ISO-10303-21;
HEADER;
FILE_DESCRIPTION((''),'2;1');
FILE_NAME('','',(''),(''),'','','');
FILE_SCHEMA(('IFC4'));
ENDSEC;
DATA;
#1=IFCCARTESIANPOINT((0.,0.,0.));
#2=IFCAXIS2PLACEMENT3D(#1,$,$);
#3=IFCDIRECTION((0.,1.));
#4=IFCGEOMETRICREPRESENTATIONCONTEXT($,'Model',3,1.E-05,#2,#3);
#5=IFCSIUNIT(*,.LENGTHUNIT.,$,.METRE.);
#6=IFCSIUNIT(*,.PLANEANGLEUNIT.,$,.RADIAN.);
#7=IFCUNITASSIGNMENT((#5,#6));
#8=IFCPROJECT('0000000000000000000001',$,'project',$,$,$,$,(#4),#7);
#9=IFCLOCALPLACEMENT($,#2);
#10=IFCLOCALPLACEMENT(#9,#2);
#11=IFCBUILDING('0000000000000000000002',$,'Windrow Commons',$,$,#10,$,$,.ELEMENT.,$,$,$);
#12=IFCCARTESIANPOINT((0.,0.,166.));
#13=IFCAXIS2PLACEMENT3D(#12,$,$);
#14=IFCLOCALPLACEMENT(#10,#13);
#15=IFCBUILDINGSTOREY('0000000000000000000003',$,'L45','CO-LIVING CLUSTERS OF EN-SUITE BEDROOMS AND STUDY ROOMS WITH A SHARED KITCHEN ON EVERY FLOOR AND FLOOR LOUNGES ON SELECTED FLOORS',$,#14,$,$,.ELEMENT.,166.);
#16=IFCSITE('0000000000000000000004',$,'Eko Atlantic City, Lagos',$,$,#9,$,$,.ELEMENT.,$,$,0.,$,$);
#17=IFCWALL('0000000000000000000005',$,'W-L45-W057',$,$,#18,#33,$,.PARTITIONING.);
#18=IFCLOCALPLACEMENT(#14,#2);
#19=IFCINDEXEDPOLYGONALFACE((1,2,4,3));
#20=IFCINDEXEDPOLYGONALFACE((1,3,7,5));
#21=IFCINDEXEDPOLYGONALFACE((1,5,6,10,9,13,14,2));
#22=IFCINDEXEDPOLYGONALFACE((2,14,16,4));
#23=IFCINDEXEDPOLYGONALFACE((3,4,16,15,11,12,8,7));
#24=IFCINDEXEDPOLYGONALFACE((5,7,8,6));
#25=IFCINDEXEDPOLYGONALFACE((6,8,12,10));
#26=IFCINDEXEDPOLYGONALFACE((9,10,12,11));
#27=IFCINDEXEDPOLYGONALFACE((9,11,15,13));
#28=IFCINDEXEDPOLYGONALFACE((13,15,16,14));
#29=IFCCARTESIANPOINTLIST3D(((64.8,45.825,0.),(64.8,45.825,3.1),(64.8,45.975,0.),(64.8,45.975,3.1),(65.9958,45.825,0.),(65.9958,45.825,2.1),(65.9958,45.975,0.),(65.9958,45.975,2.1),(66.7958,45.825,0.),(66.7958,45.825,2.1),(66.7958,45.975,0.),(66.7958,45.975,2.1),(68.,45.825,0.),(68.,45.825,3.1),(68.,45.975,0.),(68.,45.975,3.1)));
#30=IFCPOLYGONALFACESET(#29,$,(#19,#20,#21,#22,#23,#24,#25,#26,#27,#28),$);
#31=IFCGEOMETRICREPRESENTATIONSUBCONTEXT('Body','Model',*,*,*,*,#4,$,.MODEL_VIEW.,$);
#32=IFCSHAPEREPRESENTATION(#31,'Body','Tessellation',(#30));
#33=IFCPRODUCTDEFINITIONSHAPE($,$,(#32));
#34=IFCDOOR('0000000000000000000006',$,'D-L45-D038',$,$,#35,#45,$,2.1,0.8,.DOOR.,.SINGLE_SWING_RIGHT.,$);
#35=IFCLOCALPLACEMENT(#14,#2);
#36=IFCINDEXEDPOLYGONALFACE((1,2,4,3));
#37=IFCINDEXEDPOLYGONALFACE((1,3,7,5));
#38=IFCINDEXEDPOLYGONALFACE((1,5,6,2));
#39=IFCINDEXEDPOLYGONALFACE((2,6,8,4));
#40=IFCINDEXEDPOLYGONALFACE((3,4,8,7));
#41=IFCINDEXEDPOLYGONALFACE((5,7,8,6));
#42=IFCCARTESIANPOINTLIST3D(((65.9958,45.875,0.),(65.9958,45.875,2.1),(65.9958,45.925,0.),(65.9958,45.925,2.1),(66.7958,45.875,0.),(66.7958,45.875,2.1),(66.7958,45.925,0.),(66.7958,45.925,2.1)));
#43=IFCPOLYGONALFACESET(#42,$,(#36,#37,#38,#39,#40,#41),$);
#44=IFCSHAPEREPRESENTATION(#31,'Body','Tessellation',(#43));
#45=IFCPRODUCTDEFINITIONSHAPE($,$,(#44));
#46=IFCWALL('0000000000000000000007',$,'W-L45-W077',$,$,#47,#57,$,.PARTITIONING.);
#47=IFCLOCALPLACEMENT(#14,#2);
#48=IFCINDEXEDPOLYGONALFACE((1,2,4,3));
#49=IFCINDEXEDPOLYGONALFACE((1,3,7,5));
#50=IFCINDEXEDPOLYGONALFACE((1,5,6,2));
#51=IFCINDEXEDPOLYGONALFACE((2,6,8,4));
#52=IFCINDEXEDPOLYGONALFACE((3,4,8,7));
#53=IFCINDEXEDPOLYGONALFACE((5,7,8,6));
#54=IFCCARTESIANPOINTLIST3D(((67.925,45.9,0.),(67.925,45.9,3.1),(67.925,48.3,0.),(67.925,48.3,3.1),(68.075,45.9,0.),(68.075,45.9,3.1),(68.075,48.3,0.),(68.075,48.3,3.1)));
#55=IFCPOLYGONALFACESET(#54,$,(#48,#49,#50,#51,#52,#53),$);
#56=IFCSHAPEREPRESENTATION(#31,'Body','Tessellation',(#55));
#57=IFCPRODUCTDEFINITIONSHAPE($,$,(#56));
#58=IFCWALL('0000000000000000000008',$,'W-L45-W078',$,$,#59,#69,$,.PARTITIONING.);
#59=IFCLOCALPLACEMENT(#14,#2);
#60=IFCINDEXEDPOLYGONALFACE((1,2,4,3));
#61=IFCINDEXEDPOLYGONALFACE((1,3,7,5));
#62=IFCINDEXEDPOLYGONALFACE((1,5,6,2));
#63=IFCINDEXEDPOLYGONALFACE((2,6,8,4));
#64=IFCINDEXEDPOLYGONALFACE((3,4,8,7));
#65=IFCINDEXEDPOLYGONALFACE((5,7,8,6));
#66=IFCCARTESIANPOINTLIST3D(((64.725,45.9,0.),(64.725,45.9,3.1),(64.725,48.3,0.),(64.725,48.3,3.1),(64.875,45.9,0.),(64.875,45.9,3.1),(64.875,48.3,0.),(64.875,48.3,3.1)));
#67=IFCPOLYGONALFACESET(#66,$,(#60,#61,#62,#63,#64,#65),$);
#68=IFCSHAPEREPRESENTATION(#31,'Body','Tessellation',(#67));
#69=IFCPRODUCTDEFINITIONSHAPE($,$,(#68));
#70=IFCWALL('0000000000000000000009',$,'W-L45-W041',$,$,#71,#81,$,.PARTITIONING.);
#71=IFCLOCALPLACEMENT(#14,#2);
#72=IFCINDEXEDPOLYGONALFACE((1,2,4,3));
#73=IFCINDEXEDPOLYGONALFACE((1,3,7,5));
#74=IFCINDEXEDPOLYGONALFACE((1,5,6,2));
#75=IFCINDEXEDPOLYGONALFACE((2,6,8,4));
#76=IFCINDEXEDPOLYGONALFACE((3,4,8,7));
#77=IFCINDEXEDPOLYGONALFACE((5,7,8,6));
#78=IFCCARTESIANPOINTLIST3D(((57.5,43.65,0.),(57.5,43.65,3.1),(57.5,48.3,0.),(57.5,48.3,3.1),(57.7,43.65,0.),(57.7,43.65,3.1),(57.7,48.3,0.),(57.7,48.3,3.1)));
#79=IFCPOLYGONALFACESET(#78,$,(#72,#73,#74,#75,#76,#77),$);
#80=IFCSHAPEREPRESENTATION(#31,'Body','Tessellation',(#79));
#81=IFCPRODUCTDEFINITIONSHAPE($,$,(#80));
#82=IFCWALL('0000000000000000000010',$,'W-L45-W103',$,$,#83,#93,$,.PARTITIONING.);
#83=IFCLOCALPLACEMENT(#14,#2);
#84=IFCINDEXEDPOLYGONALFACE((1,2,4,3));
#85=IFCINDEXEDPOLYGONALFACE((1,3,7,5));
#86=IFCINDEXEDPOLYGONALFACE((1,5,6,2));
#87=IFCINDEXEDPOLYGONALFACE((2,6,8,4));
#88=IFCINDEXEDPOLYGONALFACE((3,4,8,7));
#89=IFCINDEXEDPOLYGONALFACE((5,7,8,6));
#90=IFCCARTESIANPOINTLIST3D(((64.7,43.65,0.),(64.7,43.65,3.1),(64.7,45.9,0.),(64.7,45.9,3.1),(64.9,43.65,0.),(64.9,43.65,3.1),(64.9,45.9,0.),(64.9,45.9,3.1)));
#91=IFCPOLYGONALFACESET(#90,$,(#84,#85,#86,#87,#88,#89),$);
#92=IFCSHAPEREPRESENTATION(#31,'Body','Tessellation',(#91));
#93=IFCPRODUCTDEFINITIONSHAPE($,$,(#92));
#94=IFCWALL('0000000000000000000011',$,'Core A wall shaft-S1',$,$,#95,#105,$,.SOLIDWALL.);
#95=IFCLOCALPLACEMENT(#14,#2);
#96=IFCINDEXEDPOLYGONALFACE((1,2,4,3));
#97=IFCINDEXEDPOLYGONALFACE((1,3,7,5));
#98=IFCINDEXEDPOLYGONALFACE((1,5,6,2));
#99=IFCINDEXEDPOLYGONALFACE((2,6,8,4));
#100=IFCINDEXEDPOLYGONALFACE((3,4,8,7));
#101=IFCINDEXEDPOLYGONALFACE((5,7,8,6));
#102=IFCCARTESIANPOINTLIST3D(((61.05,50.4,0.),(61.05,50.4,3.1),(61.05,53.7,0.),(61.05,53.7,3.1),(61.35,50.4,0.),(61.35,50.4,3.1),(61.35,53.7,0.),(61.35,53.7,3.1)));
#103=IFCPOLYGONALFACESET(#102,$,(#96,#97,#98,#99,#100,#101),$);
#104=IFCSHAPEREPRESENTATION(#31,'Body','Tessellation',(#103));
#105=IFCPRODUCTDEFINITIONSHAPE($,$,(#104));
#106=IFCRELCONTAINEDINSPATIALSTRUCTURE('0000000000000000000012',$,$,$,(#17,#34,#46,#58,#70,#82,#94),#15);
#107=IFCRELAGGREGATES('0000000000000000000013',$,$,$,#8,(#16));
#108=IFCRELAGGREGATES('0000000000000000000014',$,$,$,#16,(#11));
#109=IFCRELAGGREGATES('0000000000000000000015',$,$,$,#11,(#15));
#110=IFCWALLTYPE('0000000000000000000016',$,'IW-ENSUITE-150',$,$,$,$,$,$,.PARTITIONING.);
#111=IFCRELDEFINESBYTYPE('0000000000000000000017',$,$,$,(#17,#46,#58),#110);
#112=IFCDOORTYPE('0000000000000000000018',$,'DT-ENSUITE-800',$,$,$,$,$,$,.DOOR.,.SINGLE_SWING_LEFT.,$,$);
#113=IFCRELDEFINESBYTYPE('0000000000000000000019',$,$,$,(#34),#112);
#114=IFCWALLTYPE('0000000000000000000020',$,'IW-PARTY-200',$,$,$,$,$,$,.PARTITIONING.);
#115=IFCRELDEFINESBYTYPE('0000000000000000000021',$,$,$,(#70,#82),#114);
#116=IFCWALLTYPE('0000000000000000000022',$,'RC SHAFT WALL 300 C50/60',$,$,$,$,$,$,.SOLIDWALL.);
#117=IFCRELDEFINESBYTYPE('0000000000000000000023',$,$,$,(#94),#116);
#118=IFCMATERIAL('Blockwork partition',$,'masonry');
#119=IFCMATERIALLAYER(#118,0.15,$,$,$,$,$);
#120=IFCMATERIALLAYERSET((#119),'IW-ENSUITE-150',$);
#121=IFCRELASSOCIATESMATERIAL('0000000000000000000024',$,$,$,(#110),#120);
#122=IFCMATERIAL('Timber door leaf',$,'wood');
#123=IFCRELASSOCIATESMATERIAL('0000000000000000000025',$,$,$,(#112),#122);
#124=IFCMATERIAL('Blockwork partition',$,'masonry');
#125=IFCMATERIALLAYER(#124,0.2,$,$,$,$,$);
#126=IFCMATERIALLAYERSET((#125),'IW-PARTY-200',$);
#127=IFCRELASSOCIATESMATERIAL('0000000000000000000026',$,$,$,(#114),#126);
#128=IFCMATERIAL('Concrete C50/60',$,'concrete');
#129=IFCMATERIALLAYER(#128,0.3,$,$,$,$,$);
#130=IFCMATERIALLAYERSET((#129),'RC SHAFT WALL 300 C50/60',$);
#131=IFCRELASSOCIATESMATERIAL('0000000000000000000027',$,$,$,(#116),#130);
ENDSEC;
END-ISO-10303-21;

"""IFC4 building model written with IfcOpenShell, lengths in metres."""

from ifc_helpers import new_model, si_unit, direction, frame, frame_2d, origin, place, context, subcontext, project, spatial, rectangle, extrude, material, layer, layer_set, type_object, element, fill, save


model = new_model("IFC4")

# Units and contexts
model_context = context("Model", 3, precision=1e-05, world=origin(), true_north=direction((0.0, 1.0)))
body_context = subcontext(model_context, "Body", "Model", "MODEL_VIEW")
ifc_project = project(units=[si_unit("LENGTHUNIT", "METRE"), si_unit("PLANEANGLEUNIT", "RADIAN")], contexts=[model_context])

# Site, building, storey
site_placement = place(None, origin())
site = spatial("IfcSite", under=ifc_project, at=site_placement, Name="Eko Atlantic City, Lagos", CompositionType="ELEMENT", RefElevation=0.0)
building_placement = place(site_placement, origin())
building = spatial("IfcBuilding", under=site, at=building_placement, Name="Windrow Commons", CompositionType="ELEMENT")
storey_placement = place(building_placement, frame((0.0, 0.0, 166.0)))
storey = spatial("IfcBuildingStorey", under=building, at=storey_placement, Name="L45", Description="CO-LIVING CLUSTERS OF EN-SUITE BEDROOMS AND STUDY ROOMS WITH A SHARED KITCHEN ON EVERY FLOOR AND FLOOR LOUNGES ON SELECTED FLOORS", CompositionType="ELEMENT", Elevation=166.0)

# Wall, opening, door
ifc_material_1 = material(Name="Blockwork partition", Category="masonry")
ifc_layer_1 = layer(ifc_material_1, 0.15)
ifc_layer_set_1 = layer_set([ifc_layer_1], Name="IW-ENSUITE-150")
wall_type_1 = type_object("IfcWallType", Name="IW-ENSUITE-150", PredefinedType="PARTITIONING", material=ifc_layer_set_1)
wall_1_placement = place(storey_placement, frame((64.8, 45.9, 0.0), z_axis=(0.0, 0.0, 1.0), x_axis=(1.0, 0.0, 0.0)))
wall_1 = element("IfcWall", 1, at=wall_1_placement, inside=storey, type_object=wall_type_1, Name="W-L45-W057", PredefinedType="PARTITIONING", context=body_context, shape_type="SweptSolid", body=[
    extrude(rectangle(XDim=3.2, YDim=0.15, at=frame_2d((1.6, 0.0))), origin(), (0.0, 0.0, 1.0), 3.1),
])
opening_1_placement = place(wall_1_placement, frame((1.1958, 0.0, 0.0)))
opening_1 = element("IfcOpeningElement", 2, at=opening_1_placement, cuts=wall_1, PredefinedType="OPENING", context=body_context, shape_type="SweptSolid", body=[
    extrude(rectangle(XDim=0.8, YDim=2.1, at=frame_2d((0.4, 1.05))), frame((0.0, 0.085, 0.0), z_axis=(0.0, -1.0, 0.0), x_axis=(1.0, 0.0, 0.0)), (0.0, 0.0, 1.0), 0.17),
])
ifc_material_2 = material(Name="Timber door leaf", Category="wood")
door_type = type_object("IfcDoorType", Name="DT-ENSUITE-800", OperationType="SINGLE_SWING_LEFT", PredefinedType="DOOR", material=ifc_material_2)
door_placement = place(opening_1_placement, origin())
door = element("IfcDoor", 3, at=door_placement, inside=storey, type_object=door_type, Name="D-L45-D038", OperationType="SINGLE_SWING_RIGHT", OverallHeight=2.1, OverallWidth=0.8, PredefinedType="DOOR", context=body_context, shape_type="SweptSolid", body=[
    extrude(rectangle(XDim=0.8, YDim=2.1, at=frame_2d((0.4, 1.05))), frame((0.0, 0.025, 0.0), z_axis=(0.0, -1.0, 0.0), x_axis=(1.0, 0.0, 0.0)), (0.0, 0.0, 1.0), 0.05),
])
fill(opening_1, door)

# Walls
for number, where, z_axis, x_axis, name in (
    (4, (68.0, 45.9, 0.0), (0.0, 0.0, 1.0), (0.0, 1.0, 0.0), "W-L45-W077"),
    (5, (64.8, 45.9, 0.0), (0.0, 0.0, 1.0), (0.0, 1.0, 0.0), "W-L45-W078"),
):
    element("IfcWall", number, at=place(storey_placement, frame(where, z_axis=z_axis, x_axis=x_axis)), inside=storey, type_object=wall_type_1, Name=name, PredefinedType="PARTITIONING", context=body_context, shape_type="SweptSolid", body=[
        extrude(rectangle(XDim=2.4, YDim=0.15, at=frame_2d((1.2, 0.0))), origin(), (0.0, 0.0, 1.0), 3.1),
    ])
ifc_material_3 = material(Name="Blockwork partition", Category="masonry")
ifc_layer_2 = layer(ifc_material_3, 0.2)
ifc_layer_set_2 = layer_set([ifc_layer_2], Name="IW-PARTY-200")
wall_type_2 = type_object("IfcWallType", Name="IW-PARTY-200", PredefinedType="PARTITIONING", material=ifc_layer_set_2)
wall_2_placement = place(storey_placement, frame((57.6, 43.65, 0.0), z_axis=(0.0, 0.0, 1.0), x_axis=(0.0, 1.0, 0.0)))
element("IfcWall", 6, at=wall_2_placement, inside=storey, type_object=wall_type_2, Name="W-L45-W041", PredefinedType="PARTITIONING", context=body_context, shape_type="SweptSolid", body=[
    extrude(rectangle(XDim=4.65, YDim=0.2, at=frame_2d((2.325, 0.0))), origin(), (0.0, 0.0, 1.0), 3.1),
])
wall_3_placement = place(storey_placement, frame((64.8, 43.65, 0.0), z_axis=(0.0, 0.0, 1.0), x_axis=(0.0, 1.0, 0.0)))
element("IfcWall", 7, at=wall_3_placement, inside=storey, type_object=wall_type_2, Name="W-L45-W103", PredefinedType="PARTITIONING", context=body_context, shape_type="SweptSolid", body=[
    extrude(rectangle(XDim=2.25, YDim=0.2, at=frame_2d((1.125, 0.0))), origin(), (0.0, 0.0, 1.0), 3.1),
])
ifc_material_4 = material(Name="Concrete C50/60", Category="concrete")
ifc_layer_3 = layer(ifc_material_4, 0.3)
ifc_layer_set_3 = layer_set([ifc_layer_3], Name="RC SHAFT WALL 300 C50/60")
wall_type_3 = type_object("IfcWallType", Name="RC SHAFT WALL 300 C50/60", PredefinedType="SOLIDWALL", material=ifc_layer_set_3)
wall_4_placement = place(storey_placement, frame((61.2, 50.4, 0.0), z_axis=(0.0, 0.0, 1.0), x_axis=(0.0, 1.0, 0.0)))
element("IfcWall", 8, at=wall_4_placement, inside=storey, type_object=wall_type_3, Name="Core A wall shaft-S1", PredefinedType="SOLIDWALL", context=body_context, shape_type="SweptSolid", body=[
    extrude(rectangle(XDim=3.3, YDim=0.3, at=frame_2d((1.65, 0.0))), origin(), (0.0, 0.0, 1.0), 3.1),
])

save(model, "model.ifc")
